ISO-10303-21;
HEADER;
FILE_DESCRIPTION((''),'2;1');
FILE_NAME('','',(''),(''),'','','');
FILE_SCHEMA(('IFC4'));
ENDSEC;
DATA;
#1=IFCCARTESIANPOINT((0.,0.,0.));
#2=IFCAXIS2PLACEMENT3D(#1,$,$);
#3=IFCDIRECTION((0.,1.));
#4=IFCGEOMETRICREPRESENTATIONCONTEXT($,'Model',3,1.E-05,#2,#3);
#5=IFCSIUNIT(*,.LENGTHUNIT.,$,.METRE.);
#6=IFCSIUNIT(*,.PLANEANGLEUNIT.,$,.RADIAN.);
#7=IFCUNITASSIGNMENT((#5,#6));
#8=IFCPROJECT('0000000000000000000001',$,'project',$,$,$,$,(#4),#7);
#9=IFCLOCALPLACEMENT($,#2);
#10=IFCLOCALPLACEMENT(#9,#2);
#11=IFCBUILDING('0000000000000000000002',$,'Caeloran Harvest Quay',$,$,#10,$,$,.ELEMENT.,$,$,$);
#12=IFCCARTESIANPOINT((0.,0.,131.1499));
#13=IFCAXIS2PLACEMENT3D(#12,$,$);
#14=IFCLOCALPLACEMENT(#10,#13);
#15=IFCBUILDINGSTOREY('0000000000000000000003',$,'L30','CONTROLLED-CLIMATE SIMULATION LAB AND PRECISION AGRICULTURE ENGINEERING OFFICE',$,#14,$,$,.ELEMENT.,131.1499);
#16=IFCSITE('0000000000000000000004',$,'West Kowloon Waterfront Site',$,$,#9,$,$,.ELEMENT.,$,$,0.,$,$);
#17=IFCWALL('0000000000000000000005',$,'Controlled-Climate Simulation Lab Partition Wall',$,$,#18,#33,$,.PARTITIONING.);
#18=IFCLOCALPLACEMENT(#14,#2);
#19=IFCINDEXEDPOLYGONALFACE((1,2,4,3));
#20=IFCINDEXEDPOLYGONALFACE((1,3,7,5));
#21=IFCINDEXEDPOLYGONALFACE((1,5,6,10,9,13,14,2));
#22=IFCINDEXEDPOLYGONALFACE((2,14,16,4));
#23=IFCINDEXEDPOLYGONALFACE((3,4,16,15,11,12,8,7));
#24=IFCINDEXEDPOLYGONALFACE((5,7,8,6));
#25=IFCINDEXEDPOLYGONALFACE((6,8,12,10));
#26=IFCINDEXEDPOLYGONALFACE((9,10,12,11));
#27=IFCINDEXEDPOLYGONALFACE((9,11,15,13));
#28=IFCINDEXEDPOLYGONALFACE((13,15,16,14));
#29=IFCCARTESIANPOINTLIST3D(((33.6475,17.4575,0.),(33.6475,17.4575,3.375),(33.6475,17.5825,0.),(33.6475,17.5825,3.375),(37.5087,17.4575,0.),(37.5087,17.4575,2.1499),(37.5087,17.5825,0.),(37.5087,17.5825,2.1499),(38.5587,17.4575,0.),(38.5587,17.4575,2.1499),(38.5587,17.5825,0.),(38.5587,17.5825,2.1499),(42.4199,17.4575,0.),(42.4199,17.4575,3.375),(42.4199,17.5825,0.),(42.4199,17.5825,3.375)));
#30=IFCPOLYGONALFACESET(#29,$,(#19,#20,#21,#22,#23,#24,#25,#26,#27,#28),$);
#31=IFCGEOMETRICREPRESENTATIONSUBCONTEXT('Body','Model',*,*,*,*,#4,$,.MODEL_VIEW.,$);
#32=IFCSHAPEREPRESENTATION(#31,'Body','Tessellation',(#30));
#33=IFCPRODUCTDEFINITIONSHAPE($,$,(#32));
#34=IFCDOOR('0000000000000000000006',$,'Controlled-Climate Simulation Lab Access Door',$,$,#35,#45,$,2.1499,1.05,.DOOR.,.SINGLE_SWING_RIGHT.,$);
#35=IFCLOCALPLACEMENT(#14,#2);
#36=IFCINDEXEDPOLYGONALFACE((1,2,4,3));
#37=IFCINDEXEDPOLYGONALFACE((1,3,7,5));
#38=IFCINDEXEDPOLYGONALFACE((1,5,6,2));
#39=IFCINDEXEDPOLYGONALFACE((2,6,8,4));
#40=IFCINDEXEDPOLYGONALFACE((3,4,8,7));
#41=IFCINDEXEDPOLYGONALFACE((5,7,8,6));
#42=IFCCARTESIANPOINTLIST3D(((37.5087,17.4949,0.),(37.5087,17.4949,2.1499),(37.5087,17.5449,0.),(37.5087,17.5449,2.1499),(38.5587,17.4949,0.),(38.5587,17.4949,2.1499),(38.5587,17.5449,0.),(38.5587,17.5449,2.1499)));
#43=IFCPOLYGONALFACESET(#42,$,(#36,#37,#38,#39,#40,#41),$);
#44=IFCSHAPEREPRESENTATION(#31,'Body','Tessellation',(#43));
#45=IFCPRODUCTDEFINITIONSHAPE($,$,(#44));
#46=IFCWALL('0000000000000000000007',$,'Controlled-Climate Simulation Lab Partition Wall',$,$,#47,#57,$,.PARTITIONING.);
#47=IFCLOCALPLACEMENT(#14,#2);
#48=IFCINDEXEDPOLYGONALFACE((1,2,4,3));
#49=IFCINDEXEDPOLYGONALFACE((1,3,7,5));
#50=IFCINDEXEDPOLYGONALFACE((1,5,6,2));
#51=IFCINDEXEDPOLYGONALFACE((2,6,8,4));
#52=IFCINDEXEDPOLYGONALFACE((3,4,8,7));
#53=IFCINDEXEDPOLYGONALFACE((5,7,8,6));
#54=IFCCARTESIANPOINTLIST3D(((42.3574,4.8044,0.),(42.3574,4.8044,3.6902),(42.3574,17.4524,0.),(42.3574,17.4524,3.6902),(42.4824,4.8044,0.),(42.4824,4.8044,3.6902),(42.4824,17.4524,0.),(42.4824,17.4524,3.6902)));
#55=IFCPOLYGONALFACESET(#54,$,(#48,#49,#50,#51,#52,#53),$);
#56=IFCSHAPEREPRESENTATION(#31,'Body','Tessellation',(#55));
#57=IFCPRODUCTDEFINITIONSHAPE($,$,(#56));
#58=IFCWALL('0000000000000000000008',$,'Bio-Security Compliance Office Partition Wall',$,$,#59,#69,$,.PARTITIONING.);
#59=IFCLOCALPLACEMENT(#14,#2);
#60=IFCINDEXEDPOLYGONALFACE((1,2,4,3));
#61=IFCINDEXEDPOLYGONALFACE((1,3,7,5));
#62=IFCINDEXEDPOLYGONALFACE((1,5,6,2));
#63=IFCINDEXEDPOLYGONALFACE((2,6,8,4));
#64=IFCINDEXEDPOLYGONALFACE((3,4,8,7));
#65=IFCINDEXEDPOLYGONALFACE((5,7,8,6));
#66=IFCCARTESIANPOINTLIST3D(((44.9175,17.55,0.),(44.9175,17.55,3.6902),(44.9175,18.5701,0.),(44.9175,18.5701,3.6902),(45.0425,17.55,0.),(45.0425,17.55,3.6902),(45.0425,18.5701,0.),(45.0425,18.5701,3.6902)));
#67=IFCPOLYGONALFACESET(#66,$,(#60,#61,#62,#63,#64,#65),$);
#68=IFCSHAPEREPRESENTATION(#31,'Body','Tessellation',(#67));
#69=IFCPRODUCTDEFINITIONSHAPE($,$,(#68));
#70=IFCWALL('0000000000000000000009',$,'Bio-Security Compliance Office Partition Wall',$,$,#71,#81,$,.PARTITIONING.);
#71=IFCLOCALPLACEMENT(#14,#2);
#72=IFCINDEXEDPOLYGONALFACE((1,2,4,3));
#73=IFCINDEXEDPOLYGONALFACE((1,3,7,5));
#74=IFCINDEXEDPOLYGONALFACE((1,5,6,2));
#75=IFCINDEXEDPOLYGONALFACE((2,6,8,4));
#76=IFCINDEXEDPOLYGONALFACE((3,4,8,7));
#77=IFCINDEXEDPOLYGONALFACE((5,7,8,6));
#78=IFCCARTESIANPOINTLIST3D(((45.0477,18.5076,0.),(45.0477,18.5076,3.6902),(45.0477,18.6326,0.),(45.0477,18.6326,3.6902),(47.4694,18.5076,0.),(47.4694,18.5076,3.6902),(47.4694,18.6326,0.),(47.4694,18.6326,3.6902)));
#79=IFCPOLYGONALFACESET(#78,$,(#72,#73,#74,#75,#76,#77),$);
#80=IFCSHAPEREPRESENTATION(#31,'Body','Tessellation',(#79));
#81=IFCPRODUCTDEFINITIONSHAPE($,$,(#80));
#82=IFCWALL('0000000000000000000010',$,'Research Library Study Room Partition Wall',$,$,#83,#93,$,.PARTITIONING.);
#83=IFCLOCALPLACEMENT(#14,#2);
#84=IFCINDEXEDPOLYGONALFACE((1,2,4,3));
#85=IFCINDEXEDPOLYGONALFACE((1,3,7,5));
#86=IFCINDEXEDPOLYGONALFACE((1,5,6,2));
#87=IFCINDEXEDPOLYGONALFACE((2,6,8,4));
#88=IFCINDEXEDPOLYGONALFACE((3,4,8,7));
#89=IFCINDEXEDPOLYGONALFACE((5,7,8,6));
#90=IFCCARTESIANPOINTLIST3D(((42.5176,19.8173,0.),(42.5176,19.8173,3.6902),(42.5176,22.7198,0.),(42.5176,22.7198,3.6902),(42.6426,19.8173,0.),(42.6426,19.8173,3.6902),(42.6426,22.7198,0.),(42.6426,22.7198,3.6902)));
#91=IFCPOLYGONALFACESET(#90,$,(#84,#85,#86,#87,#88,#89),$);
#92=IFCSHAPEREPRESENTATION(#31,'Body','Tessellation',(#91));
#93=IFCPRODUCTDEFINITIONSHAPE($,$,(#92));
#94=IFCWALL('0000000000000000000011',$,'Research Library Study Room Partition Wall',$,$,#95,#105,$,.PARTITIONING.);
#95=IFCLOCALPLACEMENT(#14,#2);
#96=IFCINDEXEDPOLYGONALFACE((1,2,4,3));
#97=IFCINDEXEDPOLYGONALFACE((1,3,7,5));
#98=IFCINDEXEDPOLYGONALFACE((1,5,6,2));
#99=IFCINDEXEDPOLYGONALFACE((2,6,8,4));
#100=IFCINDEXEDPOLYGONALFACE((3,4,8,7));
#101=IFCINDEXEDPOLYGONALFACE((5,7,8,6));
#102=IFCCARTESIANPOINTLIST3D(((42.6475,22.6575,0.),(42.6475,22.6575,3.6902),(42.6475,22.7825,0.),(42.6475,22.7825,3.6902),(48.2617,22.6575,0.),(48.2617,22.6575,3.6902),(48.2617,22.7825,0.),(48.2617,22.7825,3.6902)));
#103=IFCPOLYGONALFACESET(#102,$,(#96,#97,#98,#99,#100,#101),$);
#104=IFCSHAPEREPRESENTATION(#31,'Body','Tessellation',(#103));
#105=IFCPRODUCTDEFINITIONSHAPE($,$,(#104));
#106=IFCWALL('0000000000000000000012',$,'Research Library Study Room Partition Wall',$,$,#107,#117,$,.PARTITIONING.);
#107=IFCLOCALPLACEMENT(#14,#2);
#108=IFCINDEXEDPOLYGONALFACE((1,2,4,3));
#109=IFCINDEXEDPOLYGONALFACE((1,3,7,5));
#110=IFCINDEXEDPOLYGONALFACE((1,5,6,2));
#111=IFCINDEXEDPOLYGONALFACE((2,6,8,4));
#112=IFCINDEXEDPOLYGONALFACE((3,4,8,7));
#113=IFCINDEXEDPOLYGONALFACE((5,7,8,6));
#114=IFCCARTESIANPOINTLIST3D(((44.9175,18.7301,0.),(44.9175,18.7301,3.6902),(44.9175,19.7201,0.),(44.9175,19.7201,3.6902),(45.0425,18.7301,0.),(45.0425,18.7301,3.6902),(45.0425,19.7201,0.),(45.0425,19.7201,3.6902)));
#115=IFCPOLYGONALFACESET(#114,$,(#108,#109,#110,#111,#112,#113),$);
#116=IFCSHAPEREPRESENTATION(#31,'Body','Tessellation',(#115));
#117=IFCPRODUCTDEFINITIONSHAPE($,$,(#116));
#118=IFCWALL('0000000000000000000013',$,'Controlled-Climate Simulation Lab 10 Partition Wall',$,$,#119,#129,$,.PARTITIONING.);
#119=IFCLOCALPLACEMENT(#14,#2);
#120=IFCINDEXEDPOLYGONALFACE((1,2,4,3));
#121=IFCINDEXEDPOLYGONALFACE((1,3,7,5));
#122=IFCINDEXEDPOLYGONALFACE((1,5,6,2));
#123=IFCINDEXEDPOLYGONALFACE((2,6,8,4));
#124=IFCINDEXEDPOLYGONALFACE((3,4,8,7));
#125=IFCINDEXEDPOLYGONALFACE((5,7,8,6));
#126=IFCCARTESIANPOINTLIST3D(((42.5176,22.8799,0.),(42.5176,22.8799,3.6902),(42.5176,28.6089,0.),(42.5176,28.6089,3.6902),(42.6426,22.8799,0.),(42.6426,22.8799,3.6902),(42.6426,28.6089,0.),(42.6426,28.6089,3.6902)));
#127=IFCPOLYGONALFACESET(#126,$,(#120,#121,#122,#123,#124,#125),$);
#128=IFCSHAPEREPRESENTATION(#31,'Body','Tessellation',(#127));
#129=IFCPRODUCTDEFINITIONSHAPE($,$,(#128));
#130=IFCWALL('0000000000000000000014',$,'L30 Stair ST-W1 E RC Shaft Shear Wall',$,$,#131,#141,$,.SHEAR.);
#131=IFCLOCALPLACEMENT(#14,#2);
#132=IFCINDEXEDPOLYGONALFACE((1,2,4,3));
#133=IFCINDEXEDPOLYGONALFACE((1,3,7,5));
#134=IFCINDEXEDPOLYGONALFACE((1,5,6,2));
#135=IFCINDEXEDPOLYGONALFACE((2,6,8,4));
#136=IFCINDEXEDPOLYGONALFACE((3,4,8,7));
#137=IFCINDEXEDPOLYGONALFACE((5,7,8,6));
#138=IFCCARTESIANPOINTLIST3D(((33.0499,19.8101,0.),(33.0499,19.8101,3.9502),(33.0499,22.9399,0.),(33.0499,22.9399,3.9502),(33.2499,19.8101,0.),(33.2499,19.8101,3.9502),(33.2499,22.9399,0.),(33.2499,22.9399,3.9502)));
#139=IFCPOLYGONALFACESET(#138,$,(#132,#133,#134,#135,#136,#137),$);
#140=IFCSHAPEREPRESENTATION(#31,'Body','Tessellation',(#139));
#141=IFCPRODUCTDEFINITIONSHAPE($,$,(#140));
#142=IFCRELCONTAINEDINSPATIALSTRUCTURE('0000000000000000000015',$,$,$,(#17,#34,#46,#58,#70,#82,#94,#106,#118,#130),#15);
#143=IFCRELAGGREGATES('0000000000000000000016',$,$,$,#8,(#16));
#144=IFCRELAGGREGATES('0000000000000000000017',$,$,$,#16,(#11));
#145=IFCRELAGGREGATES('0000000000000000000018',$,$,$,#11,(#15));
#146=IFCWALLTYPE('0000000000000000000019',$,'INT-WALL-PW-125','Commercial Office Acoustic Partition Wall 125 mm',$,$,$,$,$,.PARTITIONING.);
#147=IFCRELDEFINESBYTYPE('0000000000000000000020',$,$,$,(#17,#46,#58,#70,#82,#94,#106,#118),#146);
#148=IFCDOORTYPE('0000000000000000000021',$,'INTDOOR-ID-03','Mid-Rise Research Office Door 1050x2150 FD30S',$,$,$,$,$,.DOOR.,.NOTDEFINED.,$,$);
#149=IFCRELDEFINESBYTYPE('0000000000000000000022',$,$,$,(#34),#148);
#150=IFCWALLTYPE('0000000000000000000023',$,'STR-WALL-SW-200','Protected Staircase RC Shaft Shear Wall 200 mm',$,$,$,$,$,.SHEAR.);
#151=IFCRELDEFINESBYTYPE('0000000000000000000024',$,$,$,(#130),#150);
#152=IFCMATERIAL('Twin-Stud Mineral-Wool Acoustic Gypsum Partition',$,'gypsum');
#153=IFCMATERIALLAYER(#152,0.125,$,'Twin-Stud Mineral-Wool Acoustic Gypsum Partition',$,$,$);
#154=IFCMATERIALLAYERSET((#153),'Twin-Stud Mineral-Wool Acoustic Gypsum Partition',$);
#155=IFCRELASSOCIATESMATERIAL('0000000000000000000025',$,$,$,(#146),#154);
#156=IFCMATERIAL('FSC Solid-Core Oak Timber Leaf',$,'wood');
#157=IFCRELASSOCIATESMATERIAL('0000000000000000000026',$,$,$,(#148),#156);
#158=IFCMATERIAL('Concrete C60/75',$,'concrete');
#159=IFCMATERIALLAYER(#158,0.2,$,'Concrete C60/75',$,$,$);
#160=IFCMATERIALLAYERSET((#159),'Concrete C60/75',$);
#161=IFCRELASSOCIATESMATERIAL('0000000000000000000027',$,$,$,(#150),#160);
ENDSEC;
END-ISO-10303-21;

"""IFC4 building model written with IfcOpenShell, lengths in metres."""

from ifc_helpers import new_model, si_unit, direction, frame, frame_2d, origin, place, context, subcontext, project, spatial, rectangle, extrude, material, layer, layer_set, type_object, element, fill, save


model = new_model("IFC4")

# Units and contexts
model_context = context("Model", 3, precision=1e-05, world=origin(), true_north=direction((0.0, 1.0)))
body_context = subcontext(model_context, "Body", "Model", "MODEL_VIEW")
ifc_project = project(units=[si_unit("LENGTHUNIT", "METRE"), si_unit("PLANEANGLEUNIT", "RADIAN")], contexts=[model_context])

# Site, building, storey
site_placement = place(None, origin())
site = spatial("IfcSite", under=ifc_project, at=site_placement, Name="West Kowloon Waterfront Site", CompositionType="ELEMENT", RefElevation=0.0)
building_placement = place(site_placement, origin())
building = spatial("IfcBuilding", under=site, at=building_placement, Name="Caeloran Harvest Quay", CompositionType="ELEMENT")
storey_placement = place(building_placement, frame((0.0, 0.0, 131.1499)))
storey = spatial("IfcBuildingStorey", under=building, at=storey_placement, Name="L30", Description="CONTROLLED-CLIMATE SIMULATION LAB AND PRECISION AGRICULTURE ENGINEERING OFFICE", CompositionType="ELEMENT", Elevation=131.1499)

# Wall, opening, door
ifc_material_1 = material(Name="Twin-Stud Mineral-Wool Acoustic Gypsum Partition", Category="gypsum")
ifc_layer_1 = layer(ifc_material_1, 0.125, Name="Twin-Stud Mineral-Wool Acoustic Gypsum Partition")
ifc_layer_set_1 = layer_set([ifc_layer_1], Name="Twin-Stud Mineral-Wool Acoustic Gypsum Partition")
wall_type_1 = type_object("IfcWallType", Name="INT-WALL-PW-125", Description="Commercial Office Acoustic Partition Wall 125 mm", PredefinedType="PARTITIONING", material=ifc_layer_set_1)
wall_1_placement = place(storey_placement, frame((33.6475, 17.52, 0.0), z_axis=(0.0, 0.0, 1.0), x_axis=(1.0, 0.0, 0.0)))
wall_1 = element("IfcWall", 1, at=wall_1_placement, inside=storey, type_object=wall_type_1, Name="Controlled-Climate Simulation Lab Partition Wall", PredefinedType="PARTITIONING", context=body_context, shape_type="SweptSolid", body=[
    extrude(rectangle(XDim=8.7725, YDim=0.125, at=frame_2d((4.3862, 0.0))), origin(), (0.0, 0.0, 1.0), 3.375),
])
opening_1_placement = place(wall_1_placement, frame((3.8613, 0.0, 0.0)))
opening_1 = element("IfcOpeningElement", 2, at=opening_1_placement, cuts=wall_1, PredefinedType="OPENING", context=body_context, shape_type="SweptSolid", body=[
    extrude(rectangle(XDim=1.05, YDim=2.1499, at=frame_2d((0.5249, 1.075))), frame((0.0, 0.0725, 0.0), z_axis=(0.0, -1.0, 0.0), x_axis=(1.0, 0.0, 0.0)), (0.0, 0.0, 1.0), 0.145),
])
ifc_material_2 = material(Name="FSC Solid-Core Oak Timber Leaf", Category="wood")
door_type = type_object("IfcDoorType", Name="INTDOOR-ID-03", Description="Mid-Rise Research Office Door 1050x2150 FD30S", OperationType="NOTDEFINED", PredefinedType="DOOR", material=ifc_material_2)
door_1_placement = place(opening_1_placement, origin())
door_1 = element("IfcDoor", 3, at=door_1_placement, inside=storey, type_object=door_type, Name="Controlled-Climate Simulation Lab Access Door", OperationType="SINGLE_SWING_RIGHT", OverallHeight=2.1499, OverallWidth=1.05, PredefinedType="DOOR", context=body_context, shape_type="SweptSolid", body=[
    extrude(rectangle(XDim=1.05, YDim=2.1499, at=frame_2d((0.5249, 1.075))), frame((0.0, 0.0249, 0.0), z_axis=(0.0, -1.0, 0.0), x_axis=(1.0, 0.0, 0.0)), (0.0, 0.0, 1.0), 0.05),
])
fill(opening_1, door_1)

# Walls
wall_2_placement = place(storey_placement, frame((42.4199, 17.4524, 0.0), z_axis=(0.0, 0.0, 1.0), x_axis=(0.0, -1.0, 0.0)))
element("IfcWall", 4, at=wall_2_placement, inside=storey, type_object=wall_type_1, Name="Controlled-Climate Simulation Lab Partition Wall", PredefinedType="PARTITIONING", context=body_context, shape_type="SweptSolid", body=[
    extrude(rectangle(XDim=12.6479, YDim=0.125, at=frame_2d((6.324, 0.0))), origin(), (0.0, 0.0, 1.0), 3.6902),
])
wall_3_placement = place(storey_placement, frame((44.98, 17.55, 0.0), z_axis=(0.0, 0.0, 1.0), x_axis=(0.0, 1.0, 0.0)))
element("IfcWall", 5, at=wall_3_placement, inside=storey, type_object=wall_type_1, Name="Bio-Security Compliance Office Partition Wall", PredefinedType="PARTITIONING", context=body_context, shape_type="SweptSolid", body=[
    extrude(rectangle(XDim=1.02, YDim=0.125, at=frame_2d((0.51, 0.0))), origin(), (0.0, 0.0, 1.0), 3.6902),
])
wall_4_placement = place(storey_placement, frame((45.0476, 18.5701, 0.0), z_axis=(0.0, 0.0, 1.0), x_axis=(1.0, 0.0, 0.0)))
element("IfcWall", 6, at=wall_4_placement, inside=storey, type_object=wall_type_1, Name="Bio-Security Compliance Office Partition Wall", PredefinedType="PARTITIONING", context=body_context, shape_type="SweptSolid", body=[
    extrude(rectangle(XDim=2.4216, YDim=0.125, at=frame_2d((1.2109, 0.0))), origin(), (0.0, 0.0, 1.0), 3.6902),
])

# Walls
wall_5_placement = place(storey_placement, frame((42.5801, 19.8174, 0.0), z_axis=(0.0, 0.0, 1.0), x_axis=(0.0, 1.0, 0.0)))
element("IfcWall", 7, at=wall_5_placement, inside=storey, type_object=wall_type_1, Name="Research Library Study Room Partition Wall", PredefinedType="PARTITIONING", context=body_context, shape_type="SweptSolid", body=[
    extrude(rectangle(XDim=2.9026, YDim=0.125, at=frame_2d((1.4512, 0.0))), origin(), (0.0, 0.0, 1.0), 3.6902),
])
wall_6_placement = place(storey_placement, frame((42.6475, 22.72, 0.0), z_axis=(0.0, 0.0, 1.0), x_axis=(1.0, 0.0, 0.0)))
element("IfcWall", 8, at=wall_6_placement, inside=storey, type_object=wall_type_1, Name="Research Library Study Room Partition Wall", PredefinedType="PARTITIONING", context=body_context, shape_type="SweptSolid", body=[
    extrude(rectangle(XDim=5.6143, YDim=0.125, at=frame_2d((2.8071, 0.0))), origin(), (0.0, 0.0, 1.0), 3.6902),
])
wall_7_placement = place(storey_placement, frame((44.98, 18.73, 0.0), z_axis=(0.0, 0.0, 1.0), x_axis=(0.0, 1.0, 0.0)))
element("IfcWall", 9, at=wall_7_placement, inside=storey, type_object=wall_type_1, Name="Research Library Study Room Partition Wall", PredefinedType="PARTITIONING", context=body_context, shape_type="SweptSolid", body=[
    extrude(rectangle(XDim=0.99, YDim=0.125, at=frame_2d((0.4951, 0.0))), origin(), (0.0, 0.0, 1.0), 3.6902),
])
wall_8_placement = place(storey_placement, frame((42.5801, 22.8799, 0.0), z_axis=(0.0, 0.0, 1.0), x_axis=(0.0, 1.0, 0.0)))
element("IfcWall", 10, at=wall_8_placement, inside=storey, type_object=wall_type_1, Name="Controlled-Climate Simulation Lab 10 Partition Wall", PredefinedType="PARTITIONING", context=body_context, shape_type="SweptSolid", body=[
    extrude(rectangle(XDim=5.729, YDim=0.125, at=frame_2d((2.8645, 0.0))), origin(), (0.0, 0.0, 1.0), 3.6902),
])
ifc_material_3 = material(Name="Concrete C60/75", Category="concrete")
ifc_layer_2 = layer(ifc_material_3, 0.2, Name="Concrete C60/75")
ifc_layer_set_2 = layer_set([ifc_layer_2], Name="Concrete C60/75")
wall_type_2 = type_object("IfcWallType", Name="STR-WALL-SW-200", Description="Protected Staircase RC Shaft Shear Wall 200 mm", PredefinedType="SHEAR", material=ifc_layer_set_2)
wall_9_placement = place(storey_placement, frame((33.1499, 19.8101, 0.0), z_axis=(0.0, 0.0, 1.0), x_axis=(0.0, 1.0, 0.0)))
element("IfcWall", 11, at=wall_9_placement, inside=storey, type_object=wall_type_2, Name="L30 Stair ST-W1 E RC Shaft Shear Wall", PredefinedType="SHEAR", context=body_context, shape_type="SweptSolid", body=[
    extrude(rectangle(XDim=3.1299, YDim=0.2, at=frame_2d((1.5649, 0.0))), origin(), (0.0, 0.0, 1.0), 3.9502),
])

save(model, "model.ifc")
